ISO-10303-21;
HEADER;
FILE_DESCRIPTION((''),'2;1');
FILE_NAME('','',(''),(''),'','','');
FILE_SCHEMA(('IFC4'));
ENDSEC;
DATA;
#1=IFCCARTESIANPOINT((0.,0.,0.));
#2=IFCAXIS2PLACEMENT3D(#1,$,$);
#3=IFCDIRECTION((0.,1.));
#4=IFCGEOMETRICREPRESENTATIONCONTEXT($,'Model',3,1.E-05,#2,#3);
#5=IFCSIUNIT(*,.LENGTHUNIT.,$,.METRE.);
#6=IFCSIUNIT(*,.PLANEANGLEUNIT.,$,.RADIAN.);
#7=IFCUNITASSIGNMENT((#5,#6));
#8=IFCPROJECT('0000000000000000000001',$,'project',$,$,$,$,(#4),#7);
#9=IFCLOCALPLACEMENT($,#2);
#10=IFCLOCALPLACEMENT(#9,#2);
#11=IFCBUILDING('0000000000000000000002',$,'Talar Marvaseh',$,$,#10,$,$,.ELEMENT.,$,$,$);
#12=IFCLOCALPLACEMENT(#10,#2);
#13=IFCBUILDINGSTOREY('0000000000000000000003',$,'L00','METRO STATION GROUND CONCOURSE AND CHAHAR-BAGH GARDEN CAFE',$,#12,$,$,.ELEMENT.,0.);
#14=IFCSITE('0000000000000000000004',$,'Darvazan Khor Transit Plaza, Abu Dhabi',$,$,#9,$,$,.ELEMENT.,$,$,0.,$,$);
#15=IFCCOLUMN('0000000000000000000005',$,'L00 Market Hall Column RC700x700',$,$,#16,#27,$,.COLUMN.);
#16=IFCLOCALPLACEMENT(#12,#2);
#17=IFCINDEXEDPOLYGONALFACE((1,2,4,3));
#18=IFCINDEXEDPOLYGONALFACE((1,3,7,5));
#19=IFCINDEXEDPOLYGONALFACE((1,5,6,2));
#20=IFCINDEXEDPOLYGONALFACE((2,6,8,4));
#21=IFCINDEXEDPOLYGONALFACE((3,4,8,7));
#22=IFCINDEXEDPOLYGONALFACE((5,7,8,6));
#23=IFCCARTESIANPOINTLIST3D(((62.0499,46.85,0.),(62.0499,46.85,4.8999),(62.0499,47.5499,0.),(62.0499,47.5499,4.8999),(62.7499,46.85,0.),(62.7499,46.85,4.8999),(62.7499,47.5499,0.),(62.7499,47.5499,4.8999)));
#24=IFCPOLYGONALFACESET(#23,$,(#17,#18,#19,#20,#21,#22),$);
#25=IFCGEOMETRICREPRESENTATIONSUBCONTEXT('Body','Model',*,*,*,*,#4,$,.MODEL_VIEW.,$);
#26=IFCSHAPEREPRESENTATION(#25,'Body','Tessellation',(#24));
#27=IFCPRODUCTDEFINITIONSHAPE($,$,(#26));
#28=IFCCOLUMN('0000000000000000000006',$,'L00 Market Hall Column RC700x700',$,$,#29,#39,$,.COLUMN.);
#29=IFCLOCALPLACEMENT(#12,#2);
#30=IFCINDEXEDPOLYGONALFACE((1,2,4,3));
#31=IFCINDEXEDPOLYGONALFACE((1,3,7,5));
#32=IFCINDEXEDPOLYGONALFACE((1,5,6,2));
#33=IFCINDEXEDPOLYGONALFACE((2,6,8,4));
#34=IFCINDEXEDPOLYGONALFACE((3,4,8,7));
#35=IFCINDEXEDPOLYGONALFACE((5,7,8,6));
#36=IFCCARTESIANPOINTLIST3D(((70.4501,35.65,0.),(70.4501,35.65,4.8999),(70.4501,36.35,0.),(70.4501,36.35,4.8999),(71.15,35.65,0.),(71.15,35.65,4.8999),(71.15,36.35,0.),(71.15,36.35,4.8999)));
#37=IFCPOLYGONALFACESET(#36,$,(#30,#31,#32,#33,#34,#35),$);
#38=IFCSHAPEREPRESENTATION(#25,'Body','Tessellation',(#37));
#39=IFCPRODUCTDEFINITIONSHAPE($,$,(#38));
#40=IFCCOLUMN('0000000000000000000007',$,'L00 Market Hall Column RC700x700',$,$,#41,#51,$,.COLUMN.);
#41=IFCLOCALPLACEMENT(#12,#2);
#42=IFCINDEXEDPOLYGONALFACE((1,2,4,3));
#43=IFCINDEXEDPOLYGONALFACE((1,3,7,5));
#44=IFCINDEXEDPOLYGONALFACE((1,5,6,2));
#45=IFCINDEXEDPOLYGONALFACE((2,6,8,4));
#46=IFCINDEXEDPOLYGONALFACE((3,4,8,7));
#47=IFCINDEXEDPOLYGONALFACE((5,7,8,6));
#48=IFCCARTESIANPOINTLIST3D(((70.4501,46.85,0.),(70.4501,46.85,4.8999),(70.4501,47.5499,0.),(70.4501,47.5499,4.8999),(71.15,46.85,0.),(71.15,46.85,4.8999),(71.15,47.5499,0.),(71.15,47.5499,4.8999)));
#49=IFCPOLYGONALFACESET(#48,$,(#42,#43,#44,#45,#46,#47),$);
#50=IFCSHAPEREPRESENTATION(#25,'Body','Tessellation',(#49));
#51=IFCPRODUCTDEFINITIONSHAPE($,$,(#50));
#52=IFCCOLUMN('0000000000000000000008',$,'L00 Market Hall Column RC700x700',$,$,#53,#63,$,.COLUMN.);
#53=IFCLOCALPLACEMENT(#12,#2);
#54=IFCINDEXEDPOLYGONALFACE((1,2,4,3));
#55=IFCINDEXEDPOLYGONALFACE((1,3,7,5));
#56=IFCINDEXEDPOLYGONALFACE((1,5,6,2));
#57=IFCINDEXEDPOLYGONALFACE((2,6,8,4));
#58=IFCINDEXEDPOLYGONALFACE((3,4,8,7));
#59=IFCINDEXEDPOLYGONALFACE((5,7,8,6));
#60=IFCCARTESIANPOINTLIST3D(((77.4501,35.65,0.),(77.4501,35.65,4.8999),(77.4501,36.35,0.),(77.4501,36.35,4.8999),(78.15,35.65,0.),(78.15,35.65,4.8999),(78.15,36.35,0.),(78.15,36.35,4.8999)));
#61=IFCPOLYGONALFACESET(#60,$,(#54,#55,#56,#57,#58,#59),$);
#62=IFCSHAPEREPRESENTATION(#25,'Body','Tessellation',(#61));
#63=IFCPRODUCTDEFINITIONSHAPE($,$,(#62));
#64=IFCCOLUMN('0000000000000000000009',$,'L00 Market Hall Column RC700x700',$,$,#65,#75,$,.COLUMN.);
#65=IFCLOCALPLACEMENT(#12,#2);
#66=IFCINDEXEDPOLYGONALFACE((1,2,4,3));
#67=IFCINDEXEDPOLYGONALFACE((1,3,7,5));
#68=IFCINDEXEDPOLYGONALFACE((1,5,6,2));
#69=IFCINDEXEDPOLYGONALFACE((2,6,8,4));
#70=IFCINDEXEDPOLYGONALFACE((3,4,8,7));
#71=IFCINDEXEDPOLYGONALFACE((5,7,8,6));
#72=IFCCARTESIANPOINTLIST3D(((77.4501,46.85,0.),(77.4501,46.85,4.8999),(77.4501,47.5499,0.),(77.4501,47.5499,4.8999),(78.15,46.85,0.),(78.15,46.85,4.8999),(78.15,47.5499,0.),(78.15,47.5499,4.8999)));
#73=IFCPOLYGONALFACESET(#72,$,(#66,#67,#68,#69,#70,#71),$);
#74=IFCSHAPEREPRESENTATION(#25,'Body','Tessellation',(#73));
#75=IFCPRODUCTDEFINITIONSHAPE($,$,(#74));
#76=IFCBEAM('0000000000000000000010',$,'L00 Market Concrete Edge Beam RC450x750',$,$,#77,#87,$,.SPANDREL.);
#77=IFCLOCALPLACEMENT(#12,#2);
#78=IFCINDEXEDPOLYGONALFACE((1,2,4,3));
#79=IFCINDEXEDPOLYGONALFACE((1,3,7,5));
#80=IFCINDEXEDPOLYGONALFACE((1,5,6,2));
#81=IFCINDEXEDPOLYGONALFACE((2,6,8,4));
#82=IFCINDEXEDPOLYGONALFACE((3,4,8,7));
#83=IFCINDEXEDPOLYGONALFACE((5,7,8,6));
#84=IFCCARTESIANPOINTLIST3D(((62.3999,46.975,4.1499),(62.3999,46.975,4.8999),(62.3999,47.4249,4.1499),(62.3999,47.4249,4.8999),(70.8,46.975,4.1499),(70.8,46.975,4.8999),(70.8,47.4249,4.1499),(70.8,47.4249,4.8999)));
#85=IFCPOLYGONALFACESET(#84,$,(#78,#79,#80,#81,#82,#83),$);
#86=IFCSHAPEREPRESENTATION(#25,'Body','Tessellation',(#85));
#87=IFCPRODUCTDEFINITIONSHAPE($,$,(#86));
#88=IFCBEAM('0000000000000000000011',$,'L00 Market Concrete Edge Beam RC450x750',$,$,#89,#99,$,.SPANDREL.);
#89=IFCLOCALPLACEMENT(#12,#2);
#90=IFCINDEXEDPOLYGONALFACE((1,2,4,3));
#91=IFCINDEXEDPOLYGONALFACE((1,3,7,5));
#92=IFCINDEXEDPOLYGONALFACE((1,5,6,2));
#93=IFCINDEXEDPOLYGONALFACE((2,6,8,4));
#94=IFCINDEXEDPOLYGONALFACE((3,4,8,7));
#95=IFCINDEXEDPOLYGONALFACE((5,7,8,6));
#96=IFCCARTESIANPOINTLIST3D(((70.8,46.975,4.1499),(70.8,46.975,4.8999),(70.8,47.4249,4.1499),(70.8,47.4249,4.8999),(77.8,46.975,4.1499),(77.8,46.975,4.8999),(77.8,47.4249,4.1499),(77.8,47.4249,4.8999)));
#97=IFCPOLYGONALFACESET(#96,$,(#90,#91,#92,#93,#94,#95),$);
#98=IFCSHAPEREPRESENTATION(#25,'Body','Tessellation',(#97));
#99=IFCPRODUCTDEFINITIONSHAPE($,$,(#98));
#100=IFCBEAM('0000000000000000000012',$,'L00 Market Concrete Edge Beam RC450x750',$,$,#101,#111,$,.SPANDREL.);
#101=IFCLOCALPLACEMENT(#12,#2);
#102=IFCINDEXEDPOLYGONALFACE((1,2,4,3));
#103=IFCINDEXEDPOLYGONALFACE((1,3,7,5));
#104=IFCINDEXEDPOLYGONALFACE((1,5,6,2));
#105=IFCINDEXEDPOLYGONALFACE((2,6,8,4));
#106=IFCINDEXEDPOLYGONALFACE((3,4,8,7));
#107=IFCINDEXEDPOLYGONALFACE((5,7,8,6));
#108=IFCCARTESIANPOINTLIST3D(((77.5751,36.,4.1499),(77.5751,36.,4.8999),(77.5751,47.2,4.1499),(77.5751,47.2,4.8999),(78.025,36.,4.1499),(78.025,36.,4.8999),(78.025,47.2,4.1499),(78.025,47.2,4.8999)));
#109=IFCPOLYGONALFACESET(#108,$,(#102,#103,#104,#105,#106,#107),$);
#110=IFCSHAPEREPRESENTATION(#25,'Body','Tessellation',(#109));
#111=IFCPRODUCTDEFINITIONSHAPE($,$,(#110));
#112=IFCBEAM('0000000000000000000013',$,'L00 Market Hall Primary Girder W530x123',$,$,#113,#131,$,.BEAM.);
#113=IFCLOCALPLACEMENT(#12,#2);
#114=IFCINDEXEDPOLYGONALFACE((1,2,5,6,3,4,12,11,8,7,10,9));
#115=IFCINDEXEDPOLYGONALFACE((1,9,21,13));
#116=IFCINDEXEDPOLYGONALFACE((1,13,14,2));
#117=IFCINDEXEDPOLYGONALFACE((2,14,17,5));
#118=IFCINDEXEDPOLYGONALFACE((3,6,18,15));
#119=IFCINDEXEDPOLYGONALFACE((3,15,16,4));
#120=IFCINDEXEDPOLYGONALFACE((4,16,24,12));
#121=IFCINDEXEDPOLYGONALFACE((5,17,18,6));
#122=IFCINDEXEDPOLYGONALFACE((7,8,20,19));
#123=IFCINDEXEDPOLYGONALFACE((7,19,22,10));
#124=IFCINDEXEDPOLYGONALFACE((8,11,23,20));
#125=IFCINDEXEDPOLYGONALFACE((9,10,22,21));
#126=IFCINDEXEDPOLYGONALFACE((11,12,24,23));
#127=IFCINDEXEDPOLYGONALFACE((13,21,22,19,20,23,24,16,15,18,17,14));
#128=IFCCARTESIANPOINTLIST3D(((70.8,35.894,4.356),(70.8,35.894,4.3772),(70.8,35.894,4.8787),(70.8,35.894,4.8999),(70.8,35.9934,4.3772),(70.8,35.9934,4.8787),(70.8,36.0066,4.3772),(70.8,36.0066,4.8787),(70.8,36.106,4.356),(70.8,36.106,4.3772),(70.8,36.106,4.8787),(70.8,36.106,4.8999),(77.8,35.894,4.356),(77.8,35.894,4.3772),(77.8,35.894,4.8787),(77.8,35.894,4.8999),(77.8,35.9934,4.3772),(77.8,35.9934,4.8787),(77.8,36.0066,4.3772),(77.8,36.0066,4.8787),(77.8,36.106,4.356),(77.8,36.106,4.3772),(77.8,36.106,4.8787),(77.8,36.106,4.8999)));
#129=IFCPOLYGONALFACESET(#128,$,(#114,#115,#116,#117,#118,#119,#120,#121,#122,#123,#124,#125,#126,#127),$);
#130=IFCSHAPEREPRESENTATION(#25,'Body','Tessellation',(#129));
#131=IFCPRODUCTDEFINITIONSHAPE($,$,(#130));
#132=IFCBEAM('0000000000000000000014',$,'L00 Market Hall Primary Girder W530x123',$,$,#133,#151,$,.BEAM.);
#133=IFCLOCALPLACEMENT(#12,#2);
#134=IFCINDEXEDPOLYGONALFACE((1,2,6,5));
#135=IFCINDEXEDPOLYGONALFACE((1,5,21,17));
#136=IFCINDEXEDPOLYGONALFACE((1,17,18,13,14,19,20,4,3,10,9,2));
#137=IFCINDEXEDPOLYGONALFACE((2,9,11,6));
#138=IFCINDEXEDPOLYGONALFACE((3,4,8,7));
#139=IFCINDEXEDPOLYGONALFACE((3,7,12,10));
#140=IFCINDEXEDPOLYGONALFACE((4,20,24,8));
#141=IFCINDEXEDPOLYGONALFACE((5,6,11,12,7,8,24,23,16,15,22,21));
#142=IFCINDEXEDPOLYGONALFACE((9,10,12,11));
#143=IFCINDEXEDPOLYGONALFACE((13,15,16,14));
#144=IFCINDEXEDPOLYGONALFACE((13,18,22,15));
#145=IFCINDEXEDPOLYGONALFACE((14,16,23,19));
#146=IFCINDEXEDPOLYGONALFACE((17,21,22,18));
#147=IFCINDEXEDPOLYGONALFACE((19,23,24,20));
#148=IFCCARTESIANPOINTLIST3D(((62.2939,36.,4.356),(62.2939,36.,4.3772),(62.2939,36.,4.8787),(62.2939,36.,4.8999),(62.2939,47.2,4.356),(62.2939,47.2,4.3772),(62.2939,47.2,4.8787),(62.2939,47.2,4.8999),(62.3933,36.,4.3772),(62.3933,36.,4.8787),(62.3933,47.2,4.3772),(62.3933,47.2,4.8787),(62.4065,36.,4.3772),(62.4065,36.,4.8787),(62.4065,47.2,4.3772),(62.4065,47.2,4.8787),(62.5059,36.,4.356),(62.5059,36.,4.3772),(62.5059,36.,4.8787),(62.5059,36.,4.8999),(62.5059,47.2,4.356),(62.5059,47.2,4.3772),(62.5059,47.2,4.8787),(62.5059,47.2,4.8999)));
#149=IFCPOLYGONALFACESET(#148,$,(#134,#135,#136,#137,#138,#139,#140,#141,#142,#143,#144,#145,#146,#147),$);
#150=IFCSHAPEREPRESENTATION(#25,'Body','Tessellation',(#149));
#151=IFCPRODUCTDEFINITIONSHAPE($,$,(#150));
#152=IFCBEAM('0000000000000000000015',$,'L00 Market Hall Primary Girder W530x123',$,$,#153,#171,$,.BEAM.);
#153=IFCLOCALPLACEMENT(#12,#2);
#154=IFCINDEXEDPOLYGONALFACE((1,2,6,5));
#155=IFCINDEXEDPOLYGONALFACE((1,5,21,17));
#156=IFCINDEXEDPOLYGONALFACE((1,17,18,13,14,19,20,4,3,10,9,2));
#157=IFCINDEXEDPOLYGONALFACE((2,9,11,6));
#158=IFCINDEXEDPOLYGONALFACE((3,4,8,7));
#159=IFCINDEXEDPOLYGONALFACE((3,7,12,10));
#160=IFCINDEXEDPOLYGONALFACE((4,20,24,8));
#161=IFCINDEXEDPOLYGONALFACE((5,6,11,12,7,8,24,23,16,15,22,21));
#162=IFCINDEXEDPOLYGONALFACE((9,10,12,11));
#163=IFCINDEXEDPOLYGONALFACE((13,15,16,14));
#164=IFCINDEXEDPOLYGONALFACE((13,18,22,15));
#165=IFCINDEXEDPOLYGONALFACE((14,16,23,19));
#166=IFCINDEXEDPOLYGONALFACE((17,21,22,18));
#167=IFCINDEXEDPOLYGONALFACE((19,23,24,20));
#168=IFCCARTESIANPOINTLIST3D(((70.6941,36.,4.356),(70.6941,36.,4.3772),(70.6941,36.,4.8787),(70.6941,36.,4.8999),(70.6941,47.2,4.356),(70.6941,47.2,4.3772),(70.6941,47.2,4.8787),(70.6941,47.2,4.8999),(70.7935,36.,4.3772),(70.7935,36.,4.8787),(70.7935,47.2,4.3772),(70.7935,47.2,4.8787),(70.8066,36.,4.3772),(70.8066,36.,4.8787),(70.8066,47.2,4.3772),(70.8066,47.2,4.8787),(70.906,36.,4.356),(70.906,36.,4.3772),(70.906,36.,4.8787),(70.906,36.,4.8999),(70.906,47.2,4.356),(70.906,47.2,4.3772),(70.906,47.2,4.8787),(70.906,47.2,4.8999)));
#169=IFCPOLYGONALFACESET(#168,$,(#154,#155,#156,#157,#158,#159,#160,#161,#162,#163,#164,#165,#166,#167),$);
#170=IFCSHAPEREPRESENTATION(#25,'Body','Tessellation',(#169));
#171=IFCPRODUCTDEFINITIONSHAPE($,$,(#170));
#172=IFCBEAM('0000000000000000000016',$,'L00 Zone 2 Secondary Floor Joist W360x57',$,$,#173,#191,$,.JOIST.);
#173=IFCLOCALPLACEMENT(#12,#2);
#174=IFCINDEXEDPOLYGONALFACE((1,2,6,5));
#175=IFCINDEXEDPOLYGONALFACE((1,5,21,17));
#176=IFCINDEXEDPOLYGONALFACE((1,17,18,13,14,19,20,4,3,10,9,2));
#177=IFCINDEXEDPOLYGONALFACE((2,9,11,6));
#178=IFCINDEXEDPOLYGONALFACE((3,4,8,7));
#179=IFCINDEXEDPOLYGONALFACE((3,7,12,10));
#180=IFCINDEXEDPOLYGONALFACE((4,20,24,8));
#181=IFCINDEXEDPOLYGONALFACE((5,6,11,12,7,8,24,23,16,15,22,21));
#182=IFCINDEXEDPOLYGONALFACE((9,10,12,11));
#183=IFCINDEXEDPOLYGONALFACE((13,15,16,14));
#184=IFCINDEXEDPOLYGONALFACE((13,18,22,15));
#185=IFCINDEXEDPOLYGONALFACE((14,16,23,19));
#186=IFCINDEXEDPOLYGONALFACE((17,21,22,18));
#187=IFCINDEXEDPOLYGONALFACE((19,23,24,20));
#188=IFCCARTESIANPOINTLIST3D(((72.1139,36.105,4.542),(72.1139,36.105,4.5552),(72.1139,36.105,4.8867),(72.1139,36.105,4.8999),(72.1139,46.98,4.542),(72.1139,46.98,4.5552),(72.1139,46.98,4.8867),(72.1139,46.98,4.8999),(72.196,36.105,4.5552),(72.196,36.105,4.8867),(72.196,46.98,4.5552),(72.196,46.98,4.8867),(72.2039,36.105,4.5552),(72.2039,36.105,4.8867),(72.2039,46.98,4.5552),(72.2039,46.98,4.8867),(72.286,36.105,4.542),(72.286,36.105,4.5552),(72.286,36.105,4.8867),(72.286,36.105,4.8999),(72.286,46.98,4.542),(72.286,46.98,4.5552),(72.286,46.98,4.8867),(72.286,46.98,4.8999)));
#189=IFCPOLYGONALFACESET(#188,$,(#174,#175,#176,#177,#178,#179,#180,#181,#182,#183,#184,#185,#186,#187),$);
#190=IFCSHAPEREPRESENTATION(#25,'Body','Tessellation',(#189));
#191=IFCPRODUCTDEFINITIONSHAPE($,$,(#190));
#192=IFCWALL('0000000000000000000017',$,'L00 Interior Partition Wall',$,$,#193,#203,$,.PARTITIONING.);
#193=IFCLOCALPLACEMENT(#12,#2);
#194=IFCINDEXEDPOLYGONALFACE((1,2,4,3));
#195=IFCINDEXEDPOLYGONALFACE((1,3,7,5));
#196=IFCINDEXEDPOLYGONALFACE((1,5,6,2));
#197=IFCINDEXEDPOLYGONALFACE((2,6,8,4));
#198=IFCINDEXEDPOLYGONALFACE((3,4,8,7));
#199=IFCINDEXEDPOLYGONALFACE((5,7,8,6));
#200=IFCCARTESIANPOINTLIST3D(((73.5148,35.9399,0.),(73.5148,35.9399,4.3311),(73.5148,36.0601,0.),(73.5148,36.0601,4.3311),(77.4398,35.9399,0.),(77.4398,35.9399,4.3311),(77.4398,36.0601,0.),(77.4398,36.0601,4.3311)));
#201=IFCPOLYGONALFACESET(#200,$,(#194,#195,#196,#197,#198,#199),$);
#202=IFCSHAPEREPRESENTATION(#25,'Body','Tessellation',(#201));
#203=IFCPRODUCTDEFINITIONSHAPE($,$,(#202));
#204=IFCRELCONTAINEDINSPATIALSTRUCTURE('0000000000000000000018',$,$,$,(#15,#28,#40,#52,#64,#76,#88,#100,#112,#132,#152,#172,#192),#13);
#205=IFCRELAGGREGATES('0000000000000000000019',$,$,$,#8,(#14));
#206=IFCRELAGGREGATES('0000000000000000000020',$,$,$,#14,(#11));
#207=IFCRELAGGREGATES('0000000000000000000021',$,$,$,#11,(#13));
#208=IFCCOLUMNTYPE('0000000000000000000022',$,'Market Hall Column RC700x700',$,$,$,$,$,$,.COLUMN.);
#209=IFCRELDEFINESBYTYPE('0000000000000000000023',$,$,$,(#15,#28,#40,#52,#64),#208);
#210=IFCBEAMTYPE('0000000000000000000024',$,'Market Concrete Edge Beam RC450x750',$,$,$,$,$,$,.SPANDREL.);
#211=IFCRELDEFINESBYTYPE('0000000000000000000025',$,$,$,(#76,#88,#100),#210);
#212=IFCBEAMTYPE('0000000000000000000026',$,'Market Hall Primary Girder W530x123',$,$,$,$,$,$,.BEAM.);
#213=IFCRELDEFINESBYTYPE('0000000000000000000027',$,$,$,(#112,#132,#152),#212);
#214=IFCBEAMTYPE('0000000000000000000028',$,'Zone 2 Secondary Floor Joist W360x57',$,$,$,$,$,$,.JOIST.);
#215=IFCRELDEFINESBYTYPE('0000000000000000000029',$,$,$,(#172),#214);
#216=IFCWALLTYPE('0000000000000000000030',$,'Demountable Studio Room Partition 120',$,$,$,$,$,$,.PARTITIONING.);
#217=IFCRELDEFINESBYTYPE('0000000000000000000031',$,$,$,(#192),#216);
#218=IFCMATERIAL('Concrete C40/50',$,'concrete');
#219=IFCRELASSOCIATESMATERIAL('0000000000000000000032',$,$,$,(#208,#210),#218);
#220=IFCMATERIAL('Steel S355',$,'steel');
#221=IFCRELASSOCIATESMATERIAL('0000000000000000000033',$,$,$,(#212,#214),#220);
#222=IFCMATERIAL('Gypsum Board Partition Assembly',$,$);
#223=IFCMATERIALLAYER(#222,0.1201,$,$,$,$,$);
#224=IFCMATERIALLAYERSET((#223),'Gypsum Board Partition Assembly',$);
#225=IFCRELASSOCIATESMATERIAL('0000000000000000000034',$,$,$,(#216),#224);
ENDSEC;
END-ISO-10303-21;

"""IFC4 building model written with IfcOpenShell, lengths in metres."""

from ifc_helpers import new_model, si_unit, direction, frame, frame_2d, origin, origin_2d, place, context, subcontext, project, spatial, rectangle, i_section, extrude, material, layer, layer_set, material_profile, profile_set, type_object, element, save


model = new_model("IFC4")

# Units and contexts
model_context = context("Model", 3, precision=1e-05, world=origin(), true_north=direction((0.0, 1.0)))
body_context = subcontext(model_context, "Body", "Model", "MODEL_VIEW")
ifc_project = project(units=[si_unit("LENGTHUNIT", "METRE"), si_unit("PLANEANGLEUNIT", "RADIAN")], contexts=[model_context])

# Site, building, storey
site_placement = place(None, origin())
site = spatial("IfcSite", under=ifc_project, at=site_placement, Name="Darvazan Khor Transit Plaza, Abu Dhabi", CompositionType="ELEMENT", RefElevation=0.0)
building_placement = place(site_placement, origin())
building = spatial("IfcBuilding", under=site, at=building_placement, Name="Talar Marvaseh", CompositionType="ELEMENT")
storey_placement = place(building_placement, origin())
storey = spatial("IfcBuildingStorey", under=building, at=storey_placement, Name="L00", Description="METRO STATION GROUND CONCOURSE AND CHAHAR-BAGH GARDEN CAFE", CompositionType="ELEMENT", Elevation=0.0)

# Columns
ifc_material_1 = material(Name="Concrete C40/50", Category="concrete")
ifc_material_profile_1 = material_profile(ifc_material_1, rectangle(XDim=0.7, YDim=0.7, at=origin_2d()), Name="RC700x700")
ifc_profile_set_1 = profile_set([ifc_material_profile_1], Name="Concrete C40/50")
column_type = type_object("IfcColumnType", Name="Market Hall Column RC700x700", PredefinedType="COLUMN", material=ifc_profile_set_1)
for number, where, z_axis, x_axis, name in (
    (1, (62.3999, 47.2, 0.0), (0.0, 0.0, 1.0), (1.0, 0.0, 0.0), "L00 Market Hall Column RC700x700"),
    (2, (70.8, 36.0, 0.0), (0.0, 0.0, 1.0), (1.0, 0.0, 0.0), "L00 Market Hall Column RC700x700"),
    (3, (70.8, 47.2, 0.0), (0.0, 0.0, 1.0), (1.0, 0.0, 0.0), "L00 Market Hall Column RC700x700"),
    (4, (77.8, 36.0, 0.0), (0.0, 0.0, 1.0), (1.0, 0.0, 0.0), "L00 Market Hall Column RC700x700"),
    (5, (77.8, 47.2, 0.0), (0.0, 0.0, 1.0), (1.0, 0.0, 0.0), "L00 Market Hall Column RC700x700"),
):
    element("IfcColumn", number, at=place(storey_placement, frame(where, z_axis=z_axis, x_axis=x_axis)), inside=storey, type_object=column_type, Name=name, PredefinedType="COLUMN", context=body_context, shape_type="SweptSolid", body=[
        extrude(rectangle(XDim=0.7, YDim=0.7, at=origin_2d()), origin(), (0.0, 0.0, 1.0), 4.8999),
    ])

# Beams
ifc_material_profile_2 = material_profile(ifc_material_1, rectangle(XDim=0.45, YDim=0.75, at=origin_2d()), Name="RC450x750")
ifc_profile_set_2 = profile_set([ifc_material_profile_2], Name="Concrete C40/50")
beam_type_1 = type_object("IfcBeamType", Name="Market Concrete Edge Beam RC450x750", PredefinedType="SPANDREL", material=ifc_profile_set_2)
beam_1_placement = place(storey_placement, frame((62.3999, 47.2, 4.5249), z_axis=(1.0, 0.0, 0.0), x_axis=(0.0, 1.0, 0.0)))
element("IfcBeam", 6, at=beam_1_placement, inside=storey, type_object=beam_type_1, Name="L00 Market Concrete Edge Beam RC450x750", PredefinedType="SPANDREL", context=body_context, shape_type="SweptSolid", body=[
    extrude(rectangle(XDim=0.45, YDim=0.75, at=origin_2d()), origin(), (0.0, 0.0, 1.0), 8.4001),
])
beam_2_placement = place(storey_placement, frame((70.8, 47.2, 4.5249), z_axis=(1.0, 0.0, 0.0), x_axis=(0.0, 1.0, 0.0)))
element("IfcBeam", 7, at=beam_2_placement, inside=storey, type_object=beam_type_1, Name="L00 Market Concrete Edge Beam RC450x750", PredefinedType="SPANDREL", context=body_context, shape_type="SweptSolid", body=[
    extrude(rectangle(XDim=0.45, YDim=0.75, at=origin_2d()), origin(), (0.0, 0.0, 1.0), 7.0),
])
beam_3_placement = place(storey_placement, frame((77.8, 36.0, 4.5249), z_axis=(0.0, 1.0, 0.0), x_axis=(-1.0, 0.0, 0.0)))
element("IfcBeam", 8, at=beam_3_placement, inside=storey, type_object=beam_type_1, Name="L00 Market Concrete Edge Beam RC450x750", PredefinedType="SPANDREL", context=body_context, shape_type="SweptSolid", body=[
    extrude(rectangle(XDim=0.45, YDim=0.75, at=origin_2d()), origin(), (0.0, 0.0, 1.0), 11.2),
])
ifc_material_2 = material(Name="Steel S355", Category="steel")
ifc_material_profile_3 = material_profile(ifc_material_2, i_section(OverallWidth=0.2119, OverallDepth=0.5439, WebThickness=0.0132, FlangeThickness=0.0212, at=origin_2d()), Name="W530x123")
ifc_profile_set_3 = profile_set([ifc_material_profile_3], Name="Steel S355")
beam_type_2 = type_object("IfcBeamType", Name="Market Hall Primary Girder W530x123", PredefinedType="BEAM", material=ifc_profile_set_3)
beam_4_placement = place(storey_placement, frame((70.8, 36.0, 4.6279), z_axis=(1.0, 0.0, 0.0), x_axis=(0.0, 1.0, 0.0)))
element("IfcBeam", 9, at=beam_4_placement, inside=storey, type_object=beam_type_2, Name="L00 Market Hall Primary Girder W530x123", PredefinedType="BEAM", context=body_context, shape_type="SweptSolid", body=[
    extrude(i_section(OverallWidth=0.2119, OverallDepth=0.5439, WebThickness=0.0132, FlangeThickness=0.0212, at=origin_2d()), origin(), (0.0, 0.0, 1.0), 7.0),
])
for number, where, z_axis, x_axis, name in (
    (10, (62.3999, 36.0, 4.6279), (0.0, 1.0, 0.0), (-1.0, 0.0, 0.0), "L00 Market Hall Primary Girder W530x123"),
    (11, (70.8, 36.0, 4.6279), (0.0, 1.0, 0.0), (-1.0, 0.0, 0.0), "L00 Market Hall Primary Girder W530x123"),
):
    element("IfcBeam", number, at=place(storey_placement, frame(where, z_axis=z_axis, x_axis=x_axis)), inside=storey, type_object=beam_type_2, Name=name, PredefinedType="BEAM", context=body_context, shape_type="SweptSolid", body=[
        extrude(i_section(OverallWidth=0.2119, OverallDepth=0.5439, WebThickness=0.0132, FlangeThickness=0.0212, at=origin_2d()), origin(), (0.0, 0.0, 1.0), 11.2),
    ])
ifc_material_profile_4 = material_profile(ifc_material_2, i_section(OverallWidth=0.1721, OverallDepth=0.3579, WebThickness=0.0078, FlangeThickness=0.0132, at=origin_2d()), Name="W360x57")
ifc_profile_set_4 = profile_set([ifc_material_profile_4], Name="Steel S355")
beam_type_3 = type_object("IfcBeamType", Name="Zone 2 Secondary Floor Joist W360x57", PredefinedType="JOIST", material=ifc_profile_set_4)
beam_5_placement = place(storey_placement, frame((72.2, 36.105, 4.7209), z_axis=(0.0, 1.0, 0.0), x_axis=(-1.0, 0.0, 0.0)))
element("IfcBeam", 12, at=beam_5_placement, inside=storey, type_object=beam_type_3, Name="L00 Zone 2 Secondary Floor Joist W360x57", PredefinedType="JOIST", context=body_context, shape_type="SweptSolid", body=[
    extrude(i_section(OverallWidth=0.1721, OverallDepth=0.3579, WebThickness=0.0078, FlangeThickness=0.0132, at=origin_2d()), origin(), (0.0, 0.0, 1.0), 10.875),
])

# Wall
ifc_material_3 = material(Name="Gypsum Board Partition Assembly")
ifc_layer_1 = layer(ifc_material_3, 0.1201)
ifc_layer_set_1 = layer_set([ifc_layer_1], Name="Gypsum Board Partition Assembly")
wall_type_1 = type_object("IfcWallType", Name="Demountable Studio Room Partition 120", PredefinedType="PARTITIONING", material=ifc_layer_set_1)
wall_1_placement = place(storey_placement, frame((73.5149, 36.0, 0.0), z_axis=(0.0, 0.0, 1.0), x_axis=(1.0, 0.0, 0.0)))
element("IfcWall", 13, at=wall_1_placement, inside=storey, type_object=wall_type_1, Name="L00 Interior Partition Wall", PredefinedType="PARTITIONING", context=body_context, shape_type="SweptSolid", body=[
    extrude(rectangle(XDim=3.925, YDim=0.1201, at=frame_2d((1.9624, 0.0))), origin(), (0.0, 0.0, 1.0), 4.3311),
])

save(model, "model.ifc")
